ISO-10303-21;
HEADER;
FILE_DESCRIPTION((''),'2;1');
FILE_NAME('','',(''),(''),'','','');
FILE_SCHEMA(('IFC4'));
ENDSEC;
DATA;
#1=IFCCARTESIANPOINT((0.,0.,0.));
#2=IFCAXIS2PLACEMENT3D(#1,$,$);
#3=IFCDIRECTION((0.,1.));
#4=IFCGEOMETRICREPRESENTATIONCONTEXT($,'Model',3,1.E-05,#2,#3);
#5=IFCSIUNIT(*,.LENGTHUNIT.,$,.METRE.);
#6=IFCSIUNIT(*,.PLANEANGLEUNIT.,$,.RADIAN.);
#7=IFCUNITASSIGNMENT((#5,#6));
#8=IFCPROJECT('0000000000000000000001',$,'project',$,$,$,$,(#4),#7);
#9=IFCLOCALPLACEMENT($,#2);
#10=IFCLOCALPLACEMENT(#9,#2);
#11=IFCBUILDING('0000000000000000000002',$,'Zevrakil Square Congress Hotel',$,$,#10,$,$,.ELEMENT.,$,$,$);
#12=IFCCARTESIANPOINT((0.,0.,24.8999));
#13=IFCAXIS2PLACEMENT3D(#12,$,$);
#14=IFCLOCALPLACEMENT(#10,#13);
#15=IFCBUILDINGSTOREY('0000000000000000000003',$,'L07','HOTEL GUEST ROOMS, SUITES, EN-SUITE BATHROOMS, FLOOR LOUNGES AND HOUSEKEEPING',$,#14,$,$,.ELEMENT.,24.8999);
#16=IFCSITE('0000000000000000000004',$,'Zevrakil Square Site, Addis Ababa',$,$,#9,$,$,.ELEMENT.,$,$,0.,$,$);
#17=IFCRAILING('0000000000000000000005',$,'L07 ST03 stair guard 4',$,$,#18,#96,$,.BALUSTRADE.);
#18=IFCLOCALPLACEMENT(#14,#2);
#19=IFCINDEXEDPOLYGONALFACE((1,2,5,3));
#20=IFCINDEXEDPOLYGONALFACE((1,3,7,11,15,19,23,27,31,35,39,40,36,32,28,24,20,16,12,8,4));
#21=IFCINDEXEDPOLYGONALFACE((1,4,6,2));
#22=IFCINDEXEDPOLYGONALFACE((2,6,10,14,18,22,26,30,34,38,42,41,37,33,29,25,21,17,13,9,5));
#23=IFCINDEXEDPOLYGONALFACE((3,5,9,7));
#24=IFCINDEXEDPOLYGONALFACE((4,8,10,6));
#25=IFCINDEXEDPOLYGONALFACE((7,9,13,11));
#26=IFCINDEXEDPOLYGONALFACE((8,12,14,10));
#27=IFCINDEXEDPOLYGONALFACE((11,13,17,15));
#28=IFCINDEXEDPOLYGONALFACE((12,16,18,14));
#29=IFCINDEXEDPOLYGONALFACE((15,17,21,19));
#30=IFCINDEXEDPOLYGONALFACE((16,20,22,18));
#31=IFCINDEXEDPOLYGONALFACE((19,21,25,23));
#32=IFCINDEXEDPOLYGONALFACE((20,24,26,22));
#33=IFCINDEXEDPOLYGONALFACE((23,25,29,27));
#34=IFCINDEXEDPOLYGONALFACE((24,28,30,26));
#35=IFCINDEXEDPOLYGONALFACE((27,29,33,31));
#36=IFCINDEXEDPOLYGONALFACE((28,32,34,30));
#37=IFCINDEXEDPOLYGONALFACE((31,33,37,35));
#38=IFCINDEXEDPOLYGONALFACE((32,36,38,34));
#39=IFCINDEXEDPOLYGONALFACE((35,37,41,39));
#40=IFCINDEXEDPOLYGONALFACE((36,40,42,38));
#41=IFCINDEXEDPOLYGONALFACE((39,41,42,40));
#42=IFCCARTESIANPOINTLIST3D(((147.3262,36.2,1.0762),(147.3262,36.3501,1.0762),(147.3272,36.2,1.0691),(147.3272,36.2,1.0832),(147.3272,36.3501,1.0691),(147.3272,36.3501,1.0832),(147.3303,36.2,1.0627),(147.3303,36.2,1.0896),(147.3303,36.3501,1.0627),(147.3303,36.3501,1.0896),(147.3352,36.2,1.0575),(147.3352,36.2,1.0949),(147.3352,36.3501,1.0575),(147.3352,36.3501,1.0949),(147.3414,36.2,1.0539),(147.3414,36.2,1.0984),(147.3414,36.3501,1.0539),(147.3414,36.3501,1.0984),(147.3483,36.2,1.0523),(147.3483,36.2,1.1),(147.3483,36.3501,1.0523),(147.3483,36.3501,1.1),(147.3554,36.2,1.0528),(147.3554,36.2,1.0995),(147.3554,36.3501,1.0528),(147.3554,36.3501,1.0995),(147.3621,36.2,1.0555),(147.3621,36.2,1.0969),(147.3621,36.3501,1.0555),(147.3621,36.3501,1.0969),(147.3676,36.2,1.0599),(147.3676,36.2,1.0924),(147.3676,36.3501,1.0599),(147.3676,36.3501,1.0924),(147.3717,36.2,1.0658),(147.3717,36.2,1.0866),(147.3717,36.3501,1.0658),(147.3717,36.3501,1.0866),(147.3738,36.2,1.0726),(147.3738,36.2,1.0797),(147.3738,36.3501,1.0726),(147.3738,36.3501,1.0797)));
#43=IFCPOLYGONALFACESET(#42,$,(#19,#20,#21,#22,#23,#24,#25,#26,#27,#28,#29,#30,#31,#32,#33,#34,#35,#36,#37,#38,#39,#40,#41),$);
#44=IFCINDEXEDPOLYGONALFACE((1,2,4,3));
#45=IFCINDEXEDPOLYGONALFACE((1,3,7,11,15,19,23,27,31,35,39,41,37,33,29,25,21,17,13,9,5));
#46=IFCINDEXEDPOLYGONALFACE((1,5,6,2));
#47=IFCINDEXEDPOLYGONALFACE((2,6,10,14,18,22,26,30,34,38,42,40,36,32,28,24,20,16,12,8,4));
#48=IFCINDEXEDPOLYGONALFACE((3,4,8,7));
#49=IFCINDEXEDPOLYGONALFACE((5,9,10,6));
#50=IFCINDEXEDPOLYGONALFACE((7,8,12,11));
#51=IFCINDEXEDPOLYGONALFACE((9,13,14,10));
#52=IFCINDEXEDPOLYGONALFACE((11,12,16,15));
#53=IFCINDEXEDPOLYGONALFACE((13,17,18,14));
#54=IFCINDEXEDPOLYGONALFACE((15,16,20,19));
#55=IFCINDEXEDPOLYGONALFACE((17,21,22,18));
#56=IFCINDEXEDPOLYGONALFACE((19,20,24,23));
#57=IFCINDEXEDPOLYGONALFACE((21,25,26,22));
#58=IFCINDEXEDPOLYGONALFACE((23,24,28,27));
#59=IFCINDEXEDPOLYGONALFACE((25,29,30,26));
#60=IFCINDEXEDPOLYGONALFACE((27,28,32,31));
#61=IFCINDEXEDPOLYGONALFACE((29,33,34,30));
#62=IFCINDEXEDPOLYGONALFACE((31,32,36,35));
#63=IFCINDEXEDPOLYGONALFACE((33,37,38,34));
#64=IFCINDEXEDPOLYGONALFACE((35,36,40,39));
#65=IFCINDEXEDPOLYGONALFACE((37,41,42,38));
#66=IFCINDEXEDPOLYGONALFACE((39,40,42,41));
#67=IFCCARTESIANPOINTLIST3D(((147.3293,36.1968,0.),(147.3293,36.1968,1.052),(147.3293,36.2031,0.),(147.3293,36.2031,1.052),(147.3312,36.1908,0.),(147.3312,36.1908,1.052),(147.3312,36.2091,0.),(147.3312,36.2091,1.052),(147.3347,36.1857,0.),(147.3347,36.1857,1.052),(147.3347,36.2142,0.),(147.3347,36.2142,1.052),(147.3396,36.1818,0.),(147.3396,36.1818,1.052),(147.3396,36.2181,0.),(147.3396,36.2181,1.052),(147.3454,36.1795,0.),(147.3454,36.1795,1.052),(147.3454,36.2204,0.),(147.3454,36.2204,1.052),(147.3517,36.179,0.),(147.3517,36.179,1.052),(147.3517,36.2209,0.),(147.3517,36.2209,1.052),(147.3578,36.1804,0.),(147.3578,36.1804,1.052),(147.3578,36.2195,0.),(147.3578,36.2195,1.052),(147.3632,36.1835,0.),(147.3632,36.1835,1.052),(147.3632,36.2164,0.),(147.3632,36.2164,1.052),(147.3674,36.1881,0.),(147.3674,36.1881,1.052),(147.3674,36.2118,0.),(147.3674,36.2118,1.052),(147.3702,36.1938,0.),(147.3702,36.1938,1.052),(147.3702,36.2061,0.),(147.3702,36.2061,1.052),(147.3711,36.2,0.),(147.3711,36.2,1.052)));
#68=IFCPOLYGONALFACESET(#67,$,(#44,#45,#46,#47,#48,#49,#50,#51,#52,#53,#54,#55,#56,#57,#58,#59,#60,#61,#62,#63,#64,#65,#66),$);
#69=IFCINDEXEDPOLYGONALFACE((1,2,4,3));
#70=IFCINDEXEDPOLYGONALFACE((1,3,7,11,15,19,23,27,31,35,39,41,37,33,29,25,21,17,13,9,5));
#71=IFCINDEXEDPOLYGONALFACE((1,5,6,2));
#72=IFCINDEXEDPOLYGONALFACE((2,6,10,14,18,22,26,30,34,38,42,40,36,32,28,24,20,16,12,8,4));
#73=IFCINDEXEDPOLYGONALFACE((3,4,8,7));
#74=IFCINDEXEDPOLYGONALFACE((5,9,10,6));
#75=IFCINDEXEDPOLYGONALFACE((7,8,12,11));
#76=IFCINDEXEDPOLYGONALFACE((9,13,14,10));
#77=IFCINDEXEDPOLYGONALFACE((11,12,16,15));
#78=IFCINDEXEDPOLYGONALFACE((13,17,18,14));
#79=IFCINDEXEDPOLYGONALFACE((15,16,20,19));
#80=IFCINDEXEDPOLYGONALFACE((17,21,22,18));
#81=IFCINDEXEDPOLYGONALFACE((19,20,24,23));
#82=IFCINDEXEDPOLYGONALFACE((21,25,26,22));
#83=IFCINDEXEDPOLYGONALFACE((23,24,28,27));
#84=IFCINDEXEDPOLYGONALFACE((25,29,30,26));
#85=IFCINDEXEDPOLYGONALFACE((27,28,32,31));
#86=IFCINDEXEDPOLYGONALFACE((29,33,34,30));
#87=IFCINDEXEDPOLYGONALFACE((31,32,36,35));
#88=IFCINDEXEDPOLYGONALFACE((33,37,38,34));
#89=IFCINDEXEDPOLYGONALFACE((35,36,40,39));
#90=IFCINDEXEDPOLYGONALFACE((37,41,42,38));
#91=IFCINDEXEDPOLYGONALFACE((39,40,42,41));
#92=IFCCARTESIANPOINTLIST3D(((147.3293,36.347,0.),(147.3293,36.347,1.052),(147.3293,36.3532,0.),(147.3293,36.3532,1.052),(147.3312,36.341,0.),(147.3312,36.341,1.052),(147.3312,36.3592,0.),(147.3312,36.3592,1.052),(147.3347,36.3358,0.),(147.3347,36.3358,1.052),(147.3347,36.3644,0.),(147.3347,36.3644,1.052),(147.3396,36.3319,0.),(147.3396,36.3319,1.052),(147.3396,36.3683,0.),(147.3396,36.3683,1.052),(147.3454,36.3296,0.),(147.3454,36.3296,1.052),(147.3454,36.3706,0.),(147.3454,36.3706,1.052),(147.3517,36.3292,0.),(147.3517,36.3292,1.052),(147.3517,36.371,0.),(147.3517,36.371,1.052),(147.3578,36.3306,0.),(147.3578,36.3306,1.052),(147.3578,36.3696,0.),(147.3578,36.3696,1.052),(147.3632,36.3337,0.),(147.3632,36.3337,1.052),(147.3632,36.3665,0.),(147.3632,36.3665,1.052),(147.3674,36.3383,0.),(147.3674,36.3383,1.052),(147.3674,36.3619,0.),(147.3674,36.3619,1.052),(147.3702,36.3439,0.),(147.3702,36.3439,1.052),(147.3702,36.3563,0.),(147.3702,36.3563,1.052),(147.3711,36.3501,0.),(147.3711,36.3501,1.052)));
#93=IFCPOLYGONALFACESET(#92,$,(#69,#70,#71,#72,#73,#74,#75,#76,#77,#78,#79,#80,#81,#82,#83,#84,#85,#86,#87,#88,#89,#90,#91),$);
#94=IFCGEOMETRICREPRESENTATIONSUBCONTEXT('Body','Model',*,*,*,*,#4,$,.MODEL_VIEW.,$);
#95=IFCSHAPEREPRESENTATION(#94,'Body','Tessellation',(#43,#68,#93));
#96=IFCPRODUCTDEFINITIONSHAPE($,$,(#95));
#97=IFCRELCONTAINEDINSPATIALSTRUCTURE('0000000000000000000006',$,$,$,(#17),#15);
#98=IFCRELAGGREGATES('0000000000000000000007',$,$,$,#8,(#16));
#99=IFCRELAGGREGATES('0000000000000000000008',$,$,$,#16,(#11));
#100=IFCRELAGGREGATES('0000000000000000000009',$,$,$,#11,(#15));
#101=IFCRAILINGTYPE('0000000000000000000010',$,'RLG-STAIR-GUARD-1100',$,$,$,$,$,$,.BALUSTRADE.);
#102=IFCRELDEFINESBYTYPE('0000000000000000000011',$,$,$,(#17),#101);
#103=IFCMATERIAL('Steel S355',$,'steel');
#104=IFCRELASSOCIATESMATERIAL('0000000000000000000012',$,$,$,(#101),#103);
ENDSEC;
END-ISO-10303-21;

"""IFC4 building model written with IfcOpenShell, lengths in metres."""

from ifc_helpers import new_model, si_unit, direction, frame, origin, origin_2d, place, context, subcontext, project, spatial, circle, extrude, material, type_object, element, save


model = new_model("IFC4")

# Units and contexts
model_context = context("Model", 3, precision=1e-05, world=origin(), true_north=direction((0.0, 1.0)))
body_context = subcontext(model_context, "Body", "Model", "MODEL_VIEW")
ifc_project = project(units=[si_unit("LENGTHUNIT", "METRE"), si_unit("PLANEANGLEUNIT", "RADIAN")], contexts=[model_context])

# Site, building, storey
site_placement = place(None, origin())
site = spatial("IfcSite", under=ifc_project, at=site_placement, Name="Zevrakil Square Site, Addis Ababa", CompositionType="ELEMENT", RefElevation=0.0)
building_placement = place(site_placement, origin())
building = spatial("IfcBuilding", under=site, at=building_placement, Name="Zevrakil Square Congress Hotel", CompositionType="ELEMENT")
storey_placement = place(building_placement, frame((0.0, 0.0, 24.8999)))
storey = spatial("IfcBuildingStorey", under=building, at=storey_placement, Name="L07", Description="HOTEL GUEST ROOMS, SUITES, EN-SUITE BATHROOMS, FLOOR LOUNGES AND HOUSEKEEPING", CompositionType="ELEMENT", Elevation=24.8999)

# Railing
ifc_material_1 = material(Name="Steel S355", Category="steel")
railing_type_1 = type_object("IfcRailingType", Name="RLG-STAIR-GUARD-1100", PredefinedType="BALUSTRADE", material=ifc_material_1)
railing_1_placement = place(storey_placement, frame((147.3501, 36.2, 0.0)))
element("IfcRailing", 1, at=railing_1_placement, inside=storey, type_object=railing_type_1, Name="L07 ST03 stair guard 4", PredefinedType="BALUSTRADE", context=body_context, shape_type="SweptSolid", body=[
    extrude(circle(Radius=0.0239, at=origin_2d()), frame((0.0, 0.0, 1.0762), z_axis=(0.0, 1.0, 0.0), x_axis=(-1.0, 0.0, 0.0)), (0.0, 0.0, 1.0), 0.1501),
    extrude(circle(Radius=0.021, at=origin_2d()), origin(), (0.0, 0.0, 1.0), 1.052),
    extrude(circle(Radius=0.021, at=origin_2d()), frame((0.0, 0.1501, 0.0)), (0.0, 0.0, 1.0), 1.052),
])

save(model, "model.ifc")
